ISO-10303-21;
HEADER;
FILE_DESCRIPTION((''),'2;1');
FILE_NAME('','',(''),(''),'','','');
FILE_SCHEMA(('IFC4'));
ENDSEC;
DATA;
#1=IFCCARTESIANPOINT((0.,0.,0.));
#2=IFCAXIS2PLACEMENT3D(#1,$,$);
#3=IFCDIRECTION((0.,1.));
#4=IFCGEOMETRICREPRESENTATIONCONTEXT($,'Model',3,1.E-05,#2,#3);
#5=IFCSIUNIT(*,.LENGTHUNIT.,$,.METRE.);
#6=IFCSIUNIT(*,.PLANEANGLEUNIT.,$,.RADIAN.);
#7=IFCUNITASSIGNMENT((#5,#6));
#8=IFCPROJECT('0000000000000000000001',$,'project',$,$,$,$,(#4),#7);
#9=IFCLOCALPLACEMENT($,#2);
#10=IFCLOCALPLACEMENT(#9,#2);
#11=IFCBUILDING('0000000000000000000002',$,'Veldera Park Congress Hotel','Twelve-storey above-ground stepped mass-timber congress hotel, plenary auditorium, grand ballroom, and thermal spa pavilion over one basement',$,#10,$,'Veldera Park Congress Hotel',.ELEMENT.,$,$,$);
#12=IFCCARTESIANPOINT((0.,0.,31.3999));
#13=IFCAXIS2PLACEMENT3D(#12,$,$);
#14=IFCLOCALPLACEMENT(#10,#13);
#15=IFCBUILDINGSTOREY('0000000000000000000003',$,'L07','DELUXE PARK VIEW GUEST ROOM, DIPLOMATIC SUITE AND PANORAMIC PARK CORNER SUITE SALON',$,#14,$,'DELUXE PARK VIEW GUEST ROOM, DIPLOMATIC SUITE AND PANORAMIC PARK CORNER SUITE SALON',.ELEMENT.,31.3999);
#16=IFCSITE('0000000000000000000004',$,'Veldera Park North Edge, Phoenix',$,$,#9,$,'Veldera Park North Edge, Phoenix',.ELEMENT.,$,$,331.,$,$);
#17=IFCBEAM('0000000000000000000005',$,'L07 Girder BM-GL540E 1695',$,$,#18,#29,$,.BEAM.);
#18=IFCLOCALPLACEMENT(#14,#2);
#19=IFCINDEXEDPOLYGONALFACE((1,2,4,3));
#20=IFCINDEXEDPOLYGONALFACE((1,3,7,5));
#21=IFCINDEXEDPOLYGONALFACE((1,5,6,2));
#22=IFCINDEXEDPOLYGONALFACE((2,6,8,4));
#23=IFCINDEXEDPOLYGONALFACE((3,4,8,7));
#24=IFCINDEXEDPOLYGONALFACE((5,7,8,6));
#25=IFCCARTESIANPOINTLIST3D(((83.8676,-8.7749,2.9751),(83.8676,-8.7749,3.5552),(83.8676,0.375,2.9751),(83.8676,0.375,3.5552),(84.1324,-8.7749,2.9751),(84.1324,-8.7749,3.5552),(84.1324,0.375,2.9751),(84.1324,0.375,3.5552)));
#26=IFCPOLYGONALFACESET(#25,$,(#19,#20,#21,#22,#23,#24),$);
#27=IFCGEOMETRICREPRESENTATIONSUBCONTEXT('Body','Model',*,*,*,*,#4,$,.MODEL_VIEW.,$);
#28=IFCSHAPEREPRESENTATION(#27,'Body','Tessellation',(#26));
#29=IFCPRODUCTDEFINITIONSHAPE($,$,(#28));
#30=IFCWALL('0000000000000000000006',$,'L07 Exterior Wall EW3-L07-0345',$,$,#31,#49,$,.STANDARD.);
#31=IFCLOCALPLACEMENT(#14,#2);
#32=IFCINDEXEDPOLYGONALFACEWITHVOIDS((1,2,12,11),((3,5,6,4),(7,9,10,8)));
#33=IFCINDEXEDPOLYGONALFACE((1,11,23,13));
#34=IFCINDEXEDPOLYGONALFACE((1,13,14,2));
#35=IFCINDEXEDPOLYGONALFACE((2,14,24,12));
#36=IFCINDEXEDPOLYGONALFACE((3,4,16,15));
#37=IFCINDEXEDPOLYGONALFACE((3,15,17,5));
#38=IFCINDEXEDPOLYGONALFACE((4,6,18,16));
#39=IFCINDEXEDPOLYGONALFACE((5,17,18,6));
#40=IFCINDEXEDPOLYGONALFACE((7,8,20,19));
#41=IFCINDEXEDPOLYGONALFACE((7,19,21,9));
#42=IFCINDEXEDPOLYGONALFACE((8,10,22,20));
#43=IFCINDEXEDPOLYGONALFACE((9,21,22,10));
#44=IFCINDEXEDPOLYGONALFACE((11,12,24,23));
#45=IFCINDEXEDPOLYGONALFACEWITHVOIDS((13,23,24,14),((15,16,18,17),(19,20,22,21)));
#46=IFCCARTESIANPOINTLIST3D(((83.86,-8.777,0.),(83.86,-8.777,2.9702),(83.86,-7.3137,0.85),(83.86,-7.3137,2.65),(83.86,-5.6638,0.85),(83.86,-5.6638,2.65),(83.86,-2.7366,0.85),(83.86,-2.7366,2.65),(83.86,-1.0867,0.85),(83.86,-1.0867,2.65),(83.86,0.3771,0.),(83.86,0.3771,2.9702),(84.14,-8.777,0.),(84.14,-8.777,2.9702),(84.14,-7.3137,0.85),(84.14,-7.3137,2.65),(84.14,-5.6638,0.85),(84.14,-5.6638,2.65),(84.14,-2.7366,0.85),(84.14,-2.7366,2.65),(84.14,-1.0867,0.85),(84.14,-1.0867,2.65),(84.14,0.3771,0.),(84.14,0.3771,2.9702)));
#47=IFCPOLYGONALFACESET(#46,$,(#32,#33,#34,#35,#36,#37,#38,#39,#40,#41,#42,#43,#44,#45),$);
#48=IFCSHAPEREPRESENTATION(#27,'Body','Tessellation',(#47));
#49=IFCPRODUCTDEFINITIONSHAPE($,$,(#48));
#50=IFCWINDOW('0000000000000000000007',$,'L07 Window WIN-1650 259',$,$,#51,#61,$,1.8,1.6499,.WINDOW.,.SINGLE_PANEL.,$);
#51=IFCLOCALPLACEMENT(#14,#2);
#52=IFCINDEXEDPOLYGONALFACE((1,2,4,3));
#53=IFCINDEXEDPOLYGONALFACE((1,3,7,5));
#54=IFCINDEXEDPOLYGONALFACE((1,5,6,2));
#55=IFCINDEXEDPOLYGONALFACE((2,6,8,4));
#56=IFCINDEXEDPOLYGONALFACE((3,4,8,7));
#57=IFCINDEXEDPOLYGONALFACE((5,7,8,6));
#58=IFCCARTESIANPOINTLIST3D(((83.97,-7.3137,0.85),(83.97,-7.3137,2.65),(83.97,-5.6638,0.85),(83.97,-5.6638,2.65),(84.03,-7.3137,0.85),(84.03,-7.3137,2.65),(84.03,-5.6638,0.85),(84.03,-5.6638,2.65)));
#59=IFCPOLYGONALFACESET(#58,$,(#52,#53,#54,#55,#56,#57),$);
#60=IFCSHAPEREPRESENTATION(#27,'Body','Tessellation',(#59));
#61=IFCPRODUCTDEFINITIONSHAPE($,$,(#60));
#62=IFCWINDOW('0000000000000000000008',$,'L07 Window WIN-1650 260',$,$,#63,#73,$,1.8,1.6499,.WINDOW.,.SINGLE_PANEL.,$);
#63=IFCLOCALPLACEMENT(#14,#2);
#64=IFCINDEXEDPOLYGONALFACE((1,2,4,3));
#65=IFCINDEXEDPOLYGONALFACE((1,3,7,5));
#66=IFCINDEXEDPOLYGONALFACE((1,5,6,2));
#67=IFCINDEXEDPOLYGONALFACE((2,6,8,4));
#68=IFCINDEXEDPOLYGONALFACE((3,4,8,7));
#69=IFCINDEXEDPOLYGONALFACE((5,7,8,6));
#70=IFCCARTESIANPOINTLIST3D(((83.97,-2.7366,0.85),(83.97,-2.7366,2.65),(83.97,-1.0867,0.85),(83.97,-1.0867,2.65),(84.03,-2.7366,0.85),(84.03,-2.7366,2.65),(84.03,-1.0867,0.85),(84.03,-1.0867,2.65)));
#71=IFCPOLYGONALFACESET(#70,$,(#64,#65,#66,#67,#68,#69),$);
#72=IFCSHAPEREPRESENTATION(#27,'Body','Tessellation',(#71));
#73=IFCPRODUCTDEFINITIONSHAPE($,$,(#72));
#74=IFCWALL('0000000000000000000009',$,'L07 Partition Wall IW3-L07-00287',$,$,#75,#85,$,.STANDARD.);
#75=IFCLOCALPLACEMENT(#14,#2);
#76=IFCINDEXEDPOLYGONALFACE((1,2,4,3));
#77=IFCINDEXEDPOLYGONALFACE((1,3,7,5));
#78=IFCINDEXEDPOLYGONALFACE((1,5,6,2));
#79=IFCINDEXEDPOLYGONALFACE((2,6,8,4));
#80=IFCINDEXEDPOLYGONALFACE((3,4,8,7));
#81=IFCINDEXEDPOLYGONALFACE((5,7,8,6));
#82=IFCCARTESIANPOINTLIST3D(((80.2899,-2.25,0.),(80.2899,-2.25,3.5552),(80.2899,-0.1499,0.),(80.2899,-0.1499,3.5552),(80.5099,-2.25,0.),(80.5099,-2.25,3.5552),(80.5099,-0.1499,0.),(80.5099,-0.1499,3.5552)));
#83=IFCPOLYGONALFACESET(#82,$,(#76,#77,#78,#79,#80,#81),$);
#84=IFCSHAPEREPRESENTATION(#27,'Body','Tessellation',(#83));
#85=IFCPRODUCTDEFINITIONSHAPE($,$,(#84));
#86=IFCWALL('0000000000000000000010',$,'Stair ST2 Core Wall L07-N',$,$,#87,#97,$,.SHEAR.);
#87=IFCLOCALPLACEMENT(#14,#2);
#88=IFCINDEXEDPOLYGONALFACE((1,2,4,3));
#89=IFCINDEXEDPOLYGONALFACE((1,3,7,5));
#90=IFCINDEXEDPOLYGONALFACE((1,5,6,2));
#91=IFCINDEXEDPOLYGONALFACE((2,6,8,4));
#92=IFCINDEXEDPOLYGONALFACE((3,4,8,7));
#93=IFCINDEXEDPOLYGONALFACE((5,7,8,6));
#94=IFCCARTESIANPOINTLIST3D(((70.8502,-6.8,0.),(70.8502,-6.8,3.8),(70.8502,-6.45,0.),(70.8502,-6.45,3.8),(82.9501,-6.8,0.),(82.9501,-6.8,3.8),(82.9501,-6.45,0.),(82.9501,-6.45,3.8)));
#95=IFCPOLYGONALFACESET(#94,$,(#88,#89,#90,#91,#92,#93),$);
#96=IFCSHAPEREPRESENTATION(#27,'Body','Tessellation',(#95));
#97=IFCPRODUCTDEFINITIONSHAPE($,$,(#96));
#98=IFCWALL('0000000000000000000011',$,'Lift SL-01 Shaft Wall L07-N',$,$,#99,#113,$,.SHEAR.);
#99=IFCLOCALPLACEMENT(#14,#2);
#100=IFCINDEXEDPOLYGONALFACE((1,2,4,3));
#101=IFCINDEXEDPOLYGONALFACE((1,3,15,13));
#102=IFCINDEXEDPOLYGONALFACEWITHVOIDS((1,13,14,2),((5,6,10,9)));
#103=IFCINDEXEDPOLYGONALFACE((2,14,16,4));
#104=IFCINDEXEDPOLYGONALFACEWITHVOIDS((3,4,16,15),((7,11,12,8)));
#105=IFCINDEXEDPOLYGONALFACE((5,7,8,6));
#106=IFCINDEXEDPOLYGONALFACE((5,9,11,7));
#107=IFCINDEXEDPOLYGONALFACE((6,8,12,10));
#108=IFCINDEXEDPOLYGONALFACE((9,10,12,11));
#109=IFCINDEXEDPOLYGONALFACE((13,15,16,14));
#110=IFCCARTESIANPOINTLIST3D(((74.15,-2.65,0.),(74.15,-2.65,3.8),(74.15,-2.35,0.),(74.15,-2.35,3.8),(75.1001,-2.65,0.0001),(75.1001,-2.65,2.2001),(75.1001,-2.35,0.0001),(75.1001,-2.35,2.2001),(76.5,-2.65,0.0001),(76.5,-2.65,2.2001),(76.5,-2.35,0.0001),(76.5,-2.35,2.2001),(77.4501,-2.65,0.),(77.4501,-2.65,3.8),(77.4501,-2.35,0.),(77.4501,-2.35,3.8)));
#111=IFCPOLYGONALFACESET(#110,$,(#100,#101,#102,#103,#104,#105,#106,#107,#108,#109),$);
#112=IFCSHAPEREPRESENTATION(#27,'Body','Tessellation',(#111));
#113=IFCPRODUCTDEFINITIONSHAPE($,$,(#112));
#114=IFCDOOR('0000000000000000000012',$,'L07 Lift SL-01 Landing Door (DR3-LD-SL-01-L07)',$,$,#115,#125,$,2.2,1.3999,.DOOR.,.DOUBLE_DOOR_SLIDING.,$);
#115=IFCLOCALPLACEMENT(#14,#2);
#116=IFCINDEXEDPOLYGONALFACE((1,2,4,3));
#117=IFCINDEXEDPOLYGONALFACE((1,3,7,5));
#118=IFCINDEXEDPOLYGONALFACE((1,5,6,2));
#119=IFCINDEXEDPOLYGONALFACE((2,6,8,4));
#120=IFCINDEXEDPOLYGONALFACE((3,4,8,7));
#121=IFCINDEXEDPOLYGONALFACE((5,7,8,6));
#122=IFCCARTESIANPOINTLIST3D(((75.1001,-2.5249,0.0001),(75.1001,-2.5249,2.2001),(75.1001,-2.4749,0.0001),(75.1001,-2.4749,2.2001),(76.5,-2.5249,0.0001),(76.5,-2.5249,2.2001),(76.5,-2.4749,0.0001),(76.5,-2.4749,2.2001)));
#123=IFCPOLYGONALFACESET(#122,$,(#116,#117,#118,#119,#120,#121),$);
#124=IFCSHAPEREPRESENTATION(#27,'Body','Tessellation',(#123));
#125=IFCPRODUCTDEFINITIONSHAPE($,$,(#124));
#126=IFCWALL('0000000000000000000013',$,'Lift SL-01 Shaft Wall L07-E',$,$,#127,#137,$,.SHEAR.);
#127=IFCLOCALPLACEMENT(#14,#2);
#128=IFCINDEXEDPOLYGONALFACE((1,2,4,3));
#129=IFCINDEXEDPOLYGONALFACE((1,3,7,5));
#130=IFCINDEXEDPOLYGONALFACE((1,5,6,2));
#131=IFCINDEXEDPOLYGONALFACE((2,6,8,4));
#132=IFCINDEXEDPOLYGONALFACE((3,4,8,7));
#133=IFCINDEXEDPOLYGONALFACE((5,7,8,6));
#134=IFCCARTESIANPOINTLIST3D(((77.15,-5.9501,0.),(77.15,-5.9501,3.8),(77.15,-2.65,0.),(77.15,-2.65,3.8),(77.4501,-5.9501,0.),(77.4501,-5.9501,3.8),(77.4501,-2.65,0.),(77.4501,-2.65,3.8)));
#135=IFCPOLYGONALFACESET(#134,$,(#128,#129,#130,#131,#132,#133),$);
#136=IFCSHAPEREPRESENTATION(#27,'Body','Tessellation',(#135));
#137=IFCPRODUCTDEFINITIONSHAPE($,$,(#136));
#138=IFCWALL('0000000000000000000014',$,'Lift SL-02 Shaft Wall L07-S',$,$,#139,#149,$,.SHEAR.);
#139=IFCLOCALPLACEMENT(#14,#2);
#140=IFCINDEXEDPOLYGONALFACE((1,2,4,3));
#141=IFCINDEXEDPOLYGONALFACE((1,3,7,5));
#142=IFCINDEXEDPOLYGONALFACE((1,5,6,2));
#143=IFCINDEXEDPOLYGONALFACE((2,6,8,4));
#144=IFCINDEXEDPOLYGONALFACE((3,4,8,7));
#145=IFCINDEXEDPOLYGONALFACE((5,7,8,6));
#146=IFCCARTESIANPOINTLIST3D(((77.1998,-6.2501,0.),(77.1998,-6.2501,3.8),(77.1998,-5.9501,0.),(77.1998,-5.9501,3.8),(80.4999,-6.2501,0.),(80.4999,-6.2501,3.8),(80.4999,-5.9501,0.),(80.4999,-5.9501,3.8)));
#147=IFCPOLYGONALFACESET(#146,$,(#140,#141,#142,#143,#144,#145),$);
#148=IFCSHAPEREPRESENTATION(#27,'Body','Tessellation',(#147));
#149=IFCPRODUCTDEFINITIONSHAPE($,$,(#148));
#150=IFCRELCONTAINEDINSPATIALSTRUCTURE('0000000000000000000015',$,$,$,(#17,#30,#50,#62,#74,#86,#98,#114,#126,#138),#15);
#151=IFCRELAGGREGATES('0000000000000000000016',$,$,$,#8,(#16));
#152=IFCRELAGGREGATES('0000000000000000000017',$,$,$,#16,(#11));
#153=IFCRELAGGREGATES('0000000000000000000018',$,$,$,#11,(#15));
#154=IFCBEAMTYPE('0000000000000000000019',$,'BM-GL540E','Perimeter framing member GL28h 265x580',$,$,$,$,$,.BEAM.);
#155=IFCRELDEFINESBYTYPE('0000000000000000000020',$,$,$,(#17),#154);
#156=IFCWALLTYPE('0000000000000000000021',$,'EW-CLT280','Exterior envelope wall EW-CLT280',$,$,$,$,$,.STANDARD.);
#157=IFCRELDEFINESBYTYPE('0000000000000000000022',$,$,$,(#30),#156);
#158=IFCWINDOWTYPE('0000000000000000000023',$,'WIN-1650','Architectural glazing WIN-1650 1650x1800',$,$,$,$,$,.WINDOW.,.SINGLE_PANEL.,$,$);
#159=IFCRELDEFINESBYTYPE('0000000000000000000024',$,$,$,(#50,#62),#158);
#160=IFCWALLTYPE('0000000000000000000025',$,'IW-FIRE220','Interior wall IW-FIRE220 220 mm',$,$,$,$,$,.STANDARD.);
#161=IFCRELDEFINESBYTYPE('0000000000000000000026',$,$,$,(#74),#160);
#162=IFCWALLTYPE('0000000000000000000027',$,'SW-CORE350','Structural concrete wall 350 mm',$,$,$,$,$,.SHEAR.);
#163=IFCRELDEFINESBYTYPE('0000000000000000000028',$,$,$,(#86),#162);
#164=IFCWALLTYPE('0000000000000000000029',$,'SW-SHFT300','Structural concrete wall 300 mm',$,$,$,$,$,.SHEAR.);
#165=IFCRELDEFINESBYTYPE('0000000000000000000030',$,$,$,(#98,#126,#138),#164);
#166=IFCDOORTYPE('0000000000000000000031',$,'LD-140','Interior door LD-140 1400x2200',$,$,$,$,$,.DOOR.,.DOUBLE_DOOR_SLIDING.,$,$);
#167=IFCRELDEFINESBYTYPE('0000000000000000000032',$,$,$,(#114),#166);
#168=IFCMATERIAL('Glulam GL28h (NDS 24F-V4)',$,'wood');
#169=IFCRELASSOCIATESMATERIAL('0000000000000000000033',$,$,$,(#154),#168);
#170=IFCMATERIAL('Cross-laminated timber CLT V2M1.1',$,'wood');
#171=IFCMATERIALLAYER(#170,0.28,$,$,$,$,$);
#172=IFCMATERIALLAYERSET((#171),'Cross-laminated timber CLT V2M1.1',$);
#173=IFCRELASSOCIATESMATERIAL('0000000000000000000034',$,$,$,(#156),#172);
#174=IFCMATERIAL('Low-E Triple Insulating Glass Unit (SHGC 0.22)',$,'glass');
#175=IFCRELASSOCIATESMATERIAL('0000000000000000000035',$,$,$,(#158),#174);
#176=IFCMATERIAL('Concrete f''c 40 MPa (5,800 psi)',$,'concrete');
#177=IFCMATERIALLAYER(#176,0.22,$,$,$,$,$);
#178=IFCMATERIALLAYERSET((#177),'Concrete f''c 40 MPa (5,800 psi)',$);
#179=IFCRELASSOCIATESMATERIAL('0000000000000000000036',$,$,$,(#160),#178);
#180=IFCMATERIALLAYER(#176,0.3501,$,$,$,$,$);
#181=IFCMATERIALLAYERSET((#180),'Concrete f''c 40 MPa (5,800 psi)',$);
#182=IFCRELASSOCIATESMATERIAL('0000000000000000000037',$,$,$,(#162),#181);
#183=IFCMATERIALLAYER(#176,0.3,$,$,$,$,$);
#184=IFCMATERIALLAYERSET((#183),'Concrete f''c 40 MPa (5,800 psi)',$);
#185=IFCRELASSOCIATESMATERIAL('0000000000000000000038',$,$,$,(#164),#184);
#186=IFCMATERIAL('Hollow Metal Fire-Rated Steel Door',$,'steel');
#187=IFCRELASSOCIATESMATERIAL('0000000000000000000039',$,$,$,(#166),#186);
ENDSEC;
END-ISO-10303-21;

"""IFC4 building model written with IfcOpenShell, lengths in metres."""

from ifc_helpers import new_model, si_unit, direction, frame, frame_2d, origin, origin_2d, place, context, subcontext, project, spatial, rectangle, extrude, material, layer, layer_set, material_profile, profile_set, type_object, element, fill, save


model = new_model("IFC4")

# Units and contexts
model_context = context("Model", 3, precision=1e-05, world=origin(), true_north=direction((0.0, 1.0)))
body_context = subcontext(model_context, "Body", "Model", "MODEL_VIEW")
ifc_project = project(units=[si_unit("LENGTHUNIT", "METRE"), si_unit("PLANEANGLEUNIT", "RADIAN")], contexts=[model_context])

# Site, building, storey
site_placement = place(None, origin())
site = spatial("IfcSite", under=ifc_project, at=site_placement, Name="Veldera Park North Edge, Phoenix", LongName="Veldera Park North Edge, Phoenix", CompositionType="ELEMENT", RefElevation=331.0)
building_placement = place(site_placement, origin())
building = spatial("IfcBuilding", under=site, at=building_placement, Name="Veldera Park Congress Hotel", Description="Twelve-storey above-ground stepped mass-timber congress hotel, plenary auditorium, grand ballroom, and thermal spa pavilion over one basement", LongName="Veldera Park Congress Hotel", CompositionType="ELEMENT")
storey_placement = place(building_placement, frame((0.0, 0.0, 31.3999)))
storey = spatial("IfcBuildingStorey", under=building, at=storey_placement, Name="L07", Description="DELUXE PARK VIEW GUEST ROOM, DIPLOMATIC SUITE AND PANORAMIC PARK CORNER SUITE SALON", LongName="DELUXE PARK VIEW GUEST ROOM, DIPLOMATIC SUITE AND PANORAMIC PARK CORNER SUITE SALON", CompositionType="ELEMENT", Elevation=31.3999)

# Beam
ifc_material_1 = material(Name="Glulam GL28h (NDS 24F-V4)", Category="wood")
ifc_material_profile = material_profile(ifc_material_1, rectangle(XDim=0.2649, YDim=0.5801, at=origin_2d()), Name="GL28h 265x580")
ifc_profile_set = profile_set([ifc_material_profile], Name="Glulam GL28h (NDS 24F-V4)")
beam_type = type_object("IfcBeamType", Name="BM-GL540E", Description="Perimeter framing member GL28h 265x580", PredefinedType="BEAM", material=ifc_profile_set)
beam_placement = place(storey_placement, frame((84.0, -8.7749, 3.2651), z_axis=(0.0, 1.0, 0.0), x_axis=(-1.0, 0.0, 0.0)))
element("IfcBeam", 1, at=beam_placement, inside=storey, type_object=beam_type, Name="L07 Girder BM-GL540E 1695", PredefinedType="BEAM", context=body_context, shape_type="SweptSolid", body=[
    extrude(rectangle(XDim=0.2649, YDim=0.5801, at=origin_2d()), origin(), (0.0, 0.0, 1.0), 9.1499),
])

# Wall, openings, windows
ifc_material_2 = material(Name="Cross-laminated timber CLT V2M1.1", Category="wood")
ifc_layer_1 = layer(ifc_material_2, 0.28)
ifc_layer_set_1 = layer_set([ifc_layer_1], Name="Cross-laminated timber CLT V2M1.1")
wall_type_1 = type_object("IfcWallType", Name="EW-CLT280", Description="Exterior envelope wall EW-CLT280", PredefinedType="STANDARD", material=ifc_layer_set_1)
wall_1_placement = place(storey_placement, frame((84.0, -8.7771, 0.0), z_axis=(0.0, 0.0, 1.0), x_axis=(0.0, 1.0, 0.0)))
wall_1 = element("IfcWall", 2, at=wall_1_placement, inside=storey, type_object=wall_type_1, Name="L07 Exterior Wall EW3-L07-0345", PredefinedType="STANDARD", context=body_context, shape_type="SweptSolid", body=[
    extrude(rectangle(XDim=9.1541, YDim=0.28, at=frame_2d((4.5771, 0.0))), origin(), (0.0, 0.0, 1.0), 2.9702),
])
opening_1_placement = place(wall_1_placement, frame((1.4634, 0.0, 0.8501)))
opening_1 = element("IfcOpeningElement", 3, at=opening_1_placement, cuts=wall_1, PredefinedType="OPENING", context=body_context, shape_type="SweptSolid", body=[
    extrude(rectangle(XDim=1.6499, YDim=1.8, at=frame_2d((0.825, 0.8999))), frame((0.0, 0.1521, 0.0), z_axis=(0.0, -1.0, 0.0), x_axis=(1.0, 0.0, 0.0)), (0.0, 0.0, 1.0), 0.304),
])
opening_2_placement = place(wall_1_placement, frame((6.0405, 0.0, 0.8501)))
opening_2 = element("IfcOpeningElement", 4, at=opening_2_placement, cuts=wall_1, PredefinedType="OPENING", context=body_context, shape_type="SweptSolid", body=[
    extrude(rectangle(XDim=1.6499, YDim=1.8, at=frame_2d((0.825, 0.8999))), frame((0.0, 0.1521, 0.0), z_axis=(0.0, -1.0, 0.0), x_axis=(1.0, 0.0, 0.0)), (0.0, 0.0, 1.0), 0.304),
])
ifc_material_3 = material(Name="Low-E Triple Insulating Glass Unit (SHGC 0.22)", Category="glass")
window_type = type_object("IfcWindowType", Name="WIN-1650", Description="Architectural glazing WIN-1650 1650x1800", PartitioningType="SINGLE_PANEL", PredefinedType="WINDOW", material=ifc_material_3)
window_1_placement = place(opening_1_placement, origin())
window_1 = element("IfcWindow", 5, at=window_1_placement, inside=storey, type_object=window_type, Name="L07 Window WIN-1650 259", OverallHeight=1.8, OverallWidth=1.6499, PartitioningType="SINGLE_PANEL", PredefinedType="WINDOW", context=body_context, shape_type="SweptSolid", body=[
    extrude(rectangle(XDim=1.6499, YDim=1.8, at=frame_2d((0.825, 0.8999))), frame((0.0, 0.03, 0.0), z_axis=(0.0, -1.0, 0.0), x_axis=(1.0, 0.0, 0.0)), (0.0, 0.0, 1.0), 0.0601),
])
fill(opening_1, window_1)
window_2_placement = place(opening_2_placement, origin())
window_2 = element("IfcWindow", 6, at=window_2_placement, inside=storey, type_object=window_type, Name="L07 Window WIN-1650 260", OverallHeight=1.8, OverallWidth=1.6499, PartitioningType="SINGLE_PANEL", PredefinedType="WINDOW", context=body_context, shape_type="SweptSolid", body=[
    extrude(rectangle(XDim=1.6499, YDim=1.8, at=frame_2d((0.825, 0.8999))), frame((0.0, 0.03, 0.0), z_axis=(0.0, -1.0, 0.0), x_axis=(1.0, 0.0, 0.0)), (0.0, 0.0, 1.0), 0.0601),
])
fill(opening_2, window_2)

# Walls
ifc_material_4 = material(Name="Concrete f'c 40 MPa (5,800 psi)", Category="concrete")
ifc_layer_2 = layer(ifc_material_4, 0.22)
ifc_layer_set_2 = layer_set([ifc_layer_2], Name="Concrete f'c 40 MPa (5,800 psi)")
wall_type_2 = type_object("IfcWallType", Name="IW-FIRE220", Description="Interior wall IW-FIRE220 220 mm", PredefinedType="STANDARD", material=ifc_layer_set_2)
wall_2_placement = place(storey_placement, frame((80.3999, -2.25, 0.0), z_axis=(0.0, 0.0, 1.0), x_axis=(0.0, 1.0, 0.0)))
element("IfcWall", 7, at=wall_2_placement, inside=storey, type_object=wall_type_2, Name="L07 Partition Wall IW3-L07-00287", PredefinedType="STANDARD", context=body_context, shape_type="SweptSolid", body=[
    extrude(rectangle(XDim=2.1001, YDim=0.22, at=frame_2d((1.05, 0.0))), origin(), (0.0, 0.0, 1.0), 3.5552),
])
ifc_layer_3 = layer(ifc_material_4, 0.3501)
ifc_layer_set_3 = layer_set([ifc_layer_3], Name="Concrete f'c 40 MPa (5,800 psi)")
wall_type_3 = type_object("IfcWallType", Name="SW-CORE350", Description="Structural concrete wall 350 mm", PredefinedType="SHEAR", material=ifc_layer_set_3)
wall_3_placement = place(storey_placement, frame((82.95, -6.625, 0.0), z_axis=(0.0, 0.0, 1.0), x_axis=(-1.0, 0.0, 0.0)))
element("IfcWall", 8, at=wall_3_placement, inside=storey, type_object=wall_type_3, Name="Stair ST2 Core Wall L07-N", PredefinedType="SHEAR", context=body_context, shape_type="SweptSolid", body=[
    extrude(rectangle(XDim=12.0999, YDim=0.3501, at=frame_2d((6.0498, 0.0))), origin(), (0.0, 0.0, 1.0), 3.8),
])

# Wall, opening, door
ifc_layer_4 = layer(ifc_material_4, 0.3)
ifc_layer_set_4 = layer_set([ifc_layer_4], Name="Concrete f'c 40 MPa (5,800 psi)")
wall_type_4 = type_object("IfcWallType", Name="SW-SHFT300", Description="Structural concrete wall 300 mm", PredefinedType="SHEAR", material=ifc_layer_set_4)
wall_4_placement = place(storey_placement, frame((77.45, -2.5, 0.0), z_axis=(0.0, 0.0, 1.0), x_axis=(-1.0, 0.0, 0.0)))
wall_4 = element("IfcWall", 9, at=wall_4_placement, inside=storey, type_object=wall_type_4, Name="Lift SL-01 Shaft Wall L07-N", PredefinedType="SHEAR", context=body_context, shape_type="SweptSolid", body=[
    extrude(rectangle(XDim=3.3, YDim=0.3, at=frame_2d((1.6499, 0.0))), origin(), (0.0, 0.0, 1.0), 3.8),
])
opening_3_placement = place(wall_4_placement, frame((0.95, 0.0, 0.0)))
opening_3 = element("IfcOpeningElement", 10, at=opening_3_placement, cuts=wall_4, PredefinedType="OPENING", context=body_context, shape_type="SweptSolid", body=[
    extrude(rectangle(XDim=1.3999, YDim=2.2, at=frame_2d((0.7, 1.1001))), frame((0.0, 0.1621, 0.0), z_axis=(0.0, -1.0, 0.0), x_axis=(1.0, 0.0, 0.0)), (0.0, 0.0, 1.0), 0.324),
])
ifc_material_5 = material(Name="Hollow Metal Fire-Rated Steel Door", Category="steel")
door_type = type_object("IfcDoorType", Name="LD-140", Description="Interior door LD-140 1400x2200", OperationType="DOUBLE_DOOR_SLIDING", PredefinedType="DOOR", material=ifc_material_5)
door_1_placement = place(opening_3_placement, origin())
door_1 = element("IfcDoor", 11, at=door_1_placement, inside=storey, type_object=door_type, Name="L07 Lift SL-01 Landing Door (DR3-LD-SL-01-L07)", OperationType="DOUBLE_DOOR_SLIDING", OverallHeight=2.2, OverallWidth=1.3999, PredefinedType="DOOR", context=body_context, shape_type="SweptSolid", body=[
    extrude(rectangle(XDim=1.3999, YDim=2.2, at=frame_2d((0.7, 1.1001))), frame((0.0, 0.0249, 0.0), z_axis=(0.0, -1.0, 0.0), x_axis=(1.0, 0.0, 0.0)), (0.0, 0.0, 1.0), 0.05),
])
fill(opening_3, door_1)

# Walls
for number, where, z_axis, x_axis, name in (
    (12, (77.3, -5.95, 0.0), (0.0, 0.0, 1.0), (0.0, 1.0, 0.0), "Lift SL-01 Shaft Wall L07-E"),
    (13, (77.2, -6.1001, 0.0), (0.0, 0.0, 1.0), (1.0, 0.0, 0.0), "Lift SL-02 Shaft Wall L07-S"),
):
    element("IfcWall", number, at=place(storey_placement, frame(where, z_axis=z_axis, x_axis=x_axis)), inside=storey, type_object=wall_type_4, Name=name, PredefinedType="SHEAR", context=body_context, shape_type="SweptSolid", body=[
        extrude(rectangle(XDim=3.3, YDim=0.3, at=frame_2d((1.6499, 0.0))), origin(), (0.0, 0.0, 1.0), 3.8),
    ])

save(model, "model.ifc")
